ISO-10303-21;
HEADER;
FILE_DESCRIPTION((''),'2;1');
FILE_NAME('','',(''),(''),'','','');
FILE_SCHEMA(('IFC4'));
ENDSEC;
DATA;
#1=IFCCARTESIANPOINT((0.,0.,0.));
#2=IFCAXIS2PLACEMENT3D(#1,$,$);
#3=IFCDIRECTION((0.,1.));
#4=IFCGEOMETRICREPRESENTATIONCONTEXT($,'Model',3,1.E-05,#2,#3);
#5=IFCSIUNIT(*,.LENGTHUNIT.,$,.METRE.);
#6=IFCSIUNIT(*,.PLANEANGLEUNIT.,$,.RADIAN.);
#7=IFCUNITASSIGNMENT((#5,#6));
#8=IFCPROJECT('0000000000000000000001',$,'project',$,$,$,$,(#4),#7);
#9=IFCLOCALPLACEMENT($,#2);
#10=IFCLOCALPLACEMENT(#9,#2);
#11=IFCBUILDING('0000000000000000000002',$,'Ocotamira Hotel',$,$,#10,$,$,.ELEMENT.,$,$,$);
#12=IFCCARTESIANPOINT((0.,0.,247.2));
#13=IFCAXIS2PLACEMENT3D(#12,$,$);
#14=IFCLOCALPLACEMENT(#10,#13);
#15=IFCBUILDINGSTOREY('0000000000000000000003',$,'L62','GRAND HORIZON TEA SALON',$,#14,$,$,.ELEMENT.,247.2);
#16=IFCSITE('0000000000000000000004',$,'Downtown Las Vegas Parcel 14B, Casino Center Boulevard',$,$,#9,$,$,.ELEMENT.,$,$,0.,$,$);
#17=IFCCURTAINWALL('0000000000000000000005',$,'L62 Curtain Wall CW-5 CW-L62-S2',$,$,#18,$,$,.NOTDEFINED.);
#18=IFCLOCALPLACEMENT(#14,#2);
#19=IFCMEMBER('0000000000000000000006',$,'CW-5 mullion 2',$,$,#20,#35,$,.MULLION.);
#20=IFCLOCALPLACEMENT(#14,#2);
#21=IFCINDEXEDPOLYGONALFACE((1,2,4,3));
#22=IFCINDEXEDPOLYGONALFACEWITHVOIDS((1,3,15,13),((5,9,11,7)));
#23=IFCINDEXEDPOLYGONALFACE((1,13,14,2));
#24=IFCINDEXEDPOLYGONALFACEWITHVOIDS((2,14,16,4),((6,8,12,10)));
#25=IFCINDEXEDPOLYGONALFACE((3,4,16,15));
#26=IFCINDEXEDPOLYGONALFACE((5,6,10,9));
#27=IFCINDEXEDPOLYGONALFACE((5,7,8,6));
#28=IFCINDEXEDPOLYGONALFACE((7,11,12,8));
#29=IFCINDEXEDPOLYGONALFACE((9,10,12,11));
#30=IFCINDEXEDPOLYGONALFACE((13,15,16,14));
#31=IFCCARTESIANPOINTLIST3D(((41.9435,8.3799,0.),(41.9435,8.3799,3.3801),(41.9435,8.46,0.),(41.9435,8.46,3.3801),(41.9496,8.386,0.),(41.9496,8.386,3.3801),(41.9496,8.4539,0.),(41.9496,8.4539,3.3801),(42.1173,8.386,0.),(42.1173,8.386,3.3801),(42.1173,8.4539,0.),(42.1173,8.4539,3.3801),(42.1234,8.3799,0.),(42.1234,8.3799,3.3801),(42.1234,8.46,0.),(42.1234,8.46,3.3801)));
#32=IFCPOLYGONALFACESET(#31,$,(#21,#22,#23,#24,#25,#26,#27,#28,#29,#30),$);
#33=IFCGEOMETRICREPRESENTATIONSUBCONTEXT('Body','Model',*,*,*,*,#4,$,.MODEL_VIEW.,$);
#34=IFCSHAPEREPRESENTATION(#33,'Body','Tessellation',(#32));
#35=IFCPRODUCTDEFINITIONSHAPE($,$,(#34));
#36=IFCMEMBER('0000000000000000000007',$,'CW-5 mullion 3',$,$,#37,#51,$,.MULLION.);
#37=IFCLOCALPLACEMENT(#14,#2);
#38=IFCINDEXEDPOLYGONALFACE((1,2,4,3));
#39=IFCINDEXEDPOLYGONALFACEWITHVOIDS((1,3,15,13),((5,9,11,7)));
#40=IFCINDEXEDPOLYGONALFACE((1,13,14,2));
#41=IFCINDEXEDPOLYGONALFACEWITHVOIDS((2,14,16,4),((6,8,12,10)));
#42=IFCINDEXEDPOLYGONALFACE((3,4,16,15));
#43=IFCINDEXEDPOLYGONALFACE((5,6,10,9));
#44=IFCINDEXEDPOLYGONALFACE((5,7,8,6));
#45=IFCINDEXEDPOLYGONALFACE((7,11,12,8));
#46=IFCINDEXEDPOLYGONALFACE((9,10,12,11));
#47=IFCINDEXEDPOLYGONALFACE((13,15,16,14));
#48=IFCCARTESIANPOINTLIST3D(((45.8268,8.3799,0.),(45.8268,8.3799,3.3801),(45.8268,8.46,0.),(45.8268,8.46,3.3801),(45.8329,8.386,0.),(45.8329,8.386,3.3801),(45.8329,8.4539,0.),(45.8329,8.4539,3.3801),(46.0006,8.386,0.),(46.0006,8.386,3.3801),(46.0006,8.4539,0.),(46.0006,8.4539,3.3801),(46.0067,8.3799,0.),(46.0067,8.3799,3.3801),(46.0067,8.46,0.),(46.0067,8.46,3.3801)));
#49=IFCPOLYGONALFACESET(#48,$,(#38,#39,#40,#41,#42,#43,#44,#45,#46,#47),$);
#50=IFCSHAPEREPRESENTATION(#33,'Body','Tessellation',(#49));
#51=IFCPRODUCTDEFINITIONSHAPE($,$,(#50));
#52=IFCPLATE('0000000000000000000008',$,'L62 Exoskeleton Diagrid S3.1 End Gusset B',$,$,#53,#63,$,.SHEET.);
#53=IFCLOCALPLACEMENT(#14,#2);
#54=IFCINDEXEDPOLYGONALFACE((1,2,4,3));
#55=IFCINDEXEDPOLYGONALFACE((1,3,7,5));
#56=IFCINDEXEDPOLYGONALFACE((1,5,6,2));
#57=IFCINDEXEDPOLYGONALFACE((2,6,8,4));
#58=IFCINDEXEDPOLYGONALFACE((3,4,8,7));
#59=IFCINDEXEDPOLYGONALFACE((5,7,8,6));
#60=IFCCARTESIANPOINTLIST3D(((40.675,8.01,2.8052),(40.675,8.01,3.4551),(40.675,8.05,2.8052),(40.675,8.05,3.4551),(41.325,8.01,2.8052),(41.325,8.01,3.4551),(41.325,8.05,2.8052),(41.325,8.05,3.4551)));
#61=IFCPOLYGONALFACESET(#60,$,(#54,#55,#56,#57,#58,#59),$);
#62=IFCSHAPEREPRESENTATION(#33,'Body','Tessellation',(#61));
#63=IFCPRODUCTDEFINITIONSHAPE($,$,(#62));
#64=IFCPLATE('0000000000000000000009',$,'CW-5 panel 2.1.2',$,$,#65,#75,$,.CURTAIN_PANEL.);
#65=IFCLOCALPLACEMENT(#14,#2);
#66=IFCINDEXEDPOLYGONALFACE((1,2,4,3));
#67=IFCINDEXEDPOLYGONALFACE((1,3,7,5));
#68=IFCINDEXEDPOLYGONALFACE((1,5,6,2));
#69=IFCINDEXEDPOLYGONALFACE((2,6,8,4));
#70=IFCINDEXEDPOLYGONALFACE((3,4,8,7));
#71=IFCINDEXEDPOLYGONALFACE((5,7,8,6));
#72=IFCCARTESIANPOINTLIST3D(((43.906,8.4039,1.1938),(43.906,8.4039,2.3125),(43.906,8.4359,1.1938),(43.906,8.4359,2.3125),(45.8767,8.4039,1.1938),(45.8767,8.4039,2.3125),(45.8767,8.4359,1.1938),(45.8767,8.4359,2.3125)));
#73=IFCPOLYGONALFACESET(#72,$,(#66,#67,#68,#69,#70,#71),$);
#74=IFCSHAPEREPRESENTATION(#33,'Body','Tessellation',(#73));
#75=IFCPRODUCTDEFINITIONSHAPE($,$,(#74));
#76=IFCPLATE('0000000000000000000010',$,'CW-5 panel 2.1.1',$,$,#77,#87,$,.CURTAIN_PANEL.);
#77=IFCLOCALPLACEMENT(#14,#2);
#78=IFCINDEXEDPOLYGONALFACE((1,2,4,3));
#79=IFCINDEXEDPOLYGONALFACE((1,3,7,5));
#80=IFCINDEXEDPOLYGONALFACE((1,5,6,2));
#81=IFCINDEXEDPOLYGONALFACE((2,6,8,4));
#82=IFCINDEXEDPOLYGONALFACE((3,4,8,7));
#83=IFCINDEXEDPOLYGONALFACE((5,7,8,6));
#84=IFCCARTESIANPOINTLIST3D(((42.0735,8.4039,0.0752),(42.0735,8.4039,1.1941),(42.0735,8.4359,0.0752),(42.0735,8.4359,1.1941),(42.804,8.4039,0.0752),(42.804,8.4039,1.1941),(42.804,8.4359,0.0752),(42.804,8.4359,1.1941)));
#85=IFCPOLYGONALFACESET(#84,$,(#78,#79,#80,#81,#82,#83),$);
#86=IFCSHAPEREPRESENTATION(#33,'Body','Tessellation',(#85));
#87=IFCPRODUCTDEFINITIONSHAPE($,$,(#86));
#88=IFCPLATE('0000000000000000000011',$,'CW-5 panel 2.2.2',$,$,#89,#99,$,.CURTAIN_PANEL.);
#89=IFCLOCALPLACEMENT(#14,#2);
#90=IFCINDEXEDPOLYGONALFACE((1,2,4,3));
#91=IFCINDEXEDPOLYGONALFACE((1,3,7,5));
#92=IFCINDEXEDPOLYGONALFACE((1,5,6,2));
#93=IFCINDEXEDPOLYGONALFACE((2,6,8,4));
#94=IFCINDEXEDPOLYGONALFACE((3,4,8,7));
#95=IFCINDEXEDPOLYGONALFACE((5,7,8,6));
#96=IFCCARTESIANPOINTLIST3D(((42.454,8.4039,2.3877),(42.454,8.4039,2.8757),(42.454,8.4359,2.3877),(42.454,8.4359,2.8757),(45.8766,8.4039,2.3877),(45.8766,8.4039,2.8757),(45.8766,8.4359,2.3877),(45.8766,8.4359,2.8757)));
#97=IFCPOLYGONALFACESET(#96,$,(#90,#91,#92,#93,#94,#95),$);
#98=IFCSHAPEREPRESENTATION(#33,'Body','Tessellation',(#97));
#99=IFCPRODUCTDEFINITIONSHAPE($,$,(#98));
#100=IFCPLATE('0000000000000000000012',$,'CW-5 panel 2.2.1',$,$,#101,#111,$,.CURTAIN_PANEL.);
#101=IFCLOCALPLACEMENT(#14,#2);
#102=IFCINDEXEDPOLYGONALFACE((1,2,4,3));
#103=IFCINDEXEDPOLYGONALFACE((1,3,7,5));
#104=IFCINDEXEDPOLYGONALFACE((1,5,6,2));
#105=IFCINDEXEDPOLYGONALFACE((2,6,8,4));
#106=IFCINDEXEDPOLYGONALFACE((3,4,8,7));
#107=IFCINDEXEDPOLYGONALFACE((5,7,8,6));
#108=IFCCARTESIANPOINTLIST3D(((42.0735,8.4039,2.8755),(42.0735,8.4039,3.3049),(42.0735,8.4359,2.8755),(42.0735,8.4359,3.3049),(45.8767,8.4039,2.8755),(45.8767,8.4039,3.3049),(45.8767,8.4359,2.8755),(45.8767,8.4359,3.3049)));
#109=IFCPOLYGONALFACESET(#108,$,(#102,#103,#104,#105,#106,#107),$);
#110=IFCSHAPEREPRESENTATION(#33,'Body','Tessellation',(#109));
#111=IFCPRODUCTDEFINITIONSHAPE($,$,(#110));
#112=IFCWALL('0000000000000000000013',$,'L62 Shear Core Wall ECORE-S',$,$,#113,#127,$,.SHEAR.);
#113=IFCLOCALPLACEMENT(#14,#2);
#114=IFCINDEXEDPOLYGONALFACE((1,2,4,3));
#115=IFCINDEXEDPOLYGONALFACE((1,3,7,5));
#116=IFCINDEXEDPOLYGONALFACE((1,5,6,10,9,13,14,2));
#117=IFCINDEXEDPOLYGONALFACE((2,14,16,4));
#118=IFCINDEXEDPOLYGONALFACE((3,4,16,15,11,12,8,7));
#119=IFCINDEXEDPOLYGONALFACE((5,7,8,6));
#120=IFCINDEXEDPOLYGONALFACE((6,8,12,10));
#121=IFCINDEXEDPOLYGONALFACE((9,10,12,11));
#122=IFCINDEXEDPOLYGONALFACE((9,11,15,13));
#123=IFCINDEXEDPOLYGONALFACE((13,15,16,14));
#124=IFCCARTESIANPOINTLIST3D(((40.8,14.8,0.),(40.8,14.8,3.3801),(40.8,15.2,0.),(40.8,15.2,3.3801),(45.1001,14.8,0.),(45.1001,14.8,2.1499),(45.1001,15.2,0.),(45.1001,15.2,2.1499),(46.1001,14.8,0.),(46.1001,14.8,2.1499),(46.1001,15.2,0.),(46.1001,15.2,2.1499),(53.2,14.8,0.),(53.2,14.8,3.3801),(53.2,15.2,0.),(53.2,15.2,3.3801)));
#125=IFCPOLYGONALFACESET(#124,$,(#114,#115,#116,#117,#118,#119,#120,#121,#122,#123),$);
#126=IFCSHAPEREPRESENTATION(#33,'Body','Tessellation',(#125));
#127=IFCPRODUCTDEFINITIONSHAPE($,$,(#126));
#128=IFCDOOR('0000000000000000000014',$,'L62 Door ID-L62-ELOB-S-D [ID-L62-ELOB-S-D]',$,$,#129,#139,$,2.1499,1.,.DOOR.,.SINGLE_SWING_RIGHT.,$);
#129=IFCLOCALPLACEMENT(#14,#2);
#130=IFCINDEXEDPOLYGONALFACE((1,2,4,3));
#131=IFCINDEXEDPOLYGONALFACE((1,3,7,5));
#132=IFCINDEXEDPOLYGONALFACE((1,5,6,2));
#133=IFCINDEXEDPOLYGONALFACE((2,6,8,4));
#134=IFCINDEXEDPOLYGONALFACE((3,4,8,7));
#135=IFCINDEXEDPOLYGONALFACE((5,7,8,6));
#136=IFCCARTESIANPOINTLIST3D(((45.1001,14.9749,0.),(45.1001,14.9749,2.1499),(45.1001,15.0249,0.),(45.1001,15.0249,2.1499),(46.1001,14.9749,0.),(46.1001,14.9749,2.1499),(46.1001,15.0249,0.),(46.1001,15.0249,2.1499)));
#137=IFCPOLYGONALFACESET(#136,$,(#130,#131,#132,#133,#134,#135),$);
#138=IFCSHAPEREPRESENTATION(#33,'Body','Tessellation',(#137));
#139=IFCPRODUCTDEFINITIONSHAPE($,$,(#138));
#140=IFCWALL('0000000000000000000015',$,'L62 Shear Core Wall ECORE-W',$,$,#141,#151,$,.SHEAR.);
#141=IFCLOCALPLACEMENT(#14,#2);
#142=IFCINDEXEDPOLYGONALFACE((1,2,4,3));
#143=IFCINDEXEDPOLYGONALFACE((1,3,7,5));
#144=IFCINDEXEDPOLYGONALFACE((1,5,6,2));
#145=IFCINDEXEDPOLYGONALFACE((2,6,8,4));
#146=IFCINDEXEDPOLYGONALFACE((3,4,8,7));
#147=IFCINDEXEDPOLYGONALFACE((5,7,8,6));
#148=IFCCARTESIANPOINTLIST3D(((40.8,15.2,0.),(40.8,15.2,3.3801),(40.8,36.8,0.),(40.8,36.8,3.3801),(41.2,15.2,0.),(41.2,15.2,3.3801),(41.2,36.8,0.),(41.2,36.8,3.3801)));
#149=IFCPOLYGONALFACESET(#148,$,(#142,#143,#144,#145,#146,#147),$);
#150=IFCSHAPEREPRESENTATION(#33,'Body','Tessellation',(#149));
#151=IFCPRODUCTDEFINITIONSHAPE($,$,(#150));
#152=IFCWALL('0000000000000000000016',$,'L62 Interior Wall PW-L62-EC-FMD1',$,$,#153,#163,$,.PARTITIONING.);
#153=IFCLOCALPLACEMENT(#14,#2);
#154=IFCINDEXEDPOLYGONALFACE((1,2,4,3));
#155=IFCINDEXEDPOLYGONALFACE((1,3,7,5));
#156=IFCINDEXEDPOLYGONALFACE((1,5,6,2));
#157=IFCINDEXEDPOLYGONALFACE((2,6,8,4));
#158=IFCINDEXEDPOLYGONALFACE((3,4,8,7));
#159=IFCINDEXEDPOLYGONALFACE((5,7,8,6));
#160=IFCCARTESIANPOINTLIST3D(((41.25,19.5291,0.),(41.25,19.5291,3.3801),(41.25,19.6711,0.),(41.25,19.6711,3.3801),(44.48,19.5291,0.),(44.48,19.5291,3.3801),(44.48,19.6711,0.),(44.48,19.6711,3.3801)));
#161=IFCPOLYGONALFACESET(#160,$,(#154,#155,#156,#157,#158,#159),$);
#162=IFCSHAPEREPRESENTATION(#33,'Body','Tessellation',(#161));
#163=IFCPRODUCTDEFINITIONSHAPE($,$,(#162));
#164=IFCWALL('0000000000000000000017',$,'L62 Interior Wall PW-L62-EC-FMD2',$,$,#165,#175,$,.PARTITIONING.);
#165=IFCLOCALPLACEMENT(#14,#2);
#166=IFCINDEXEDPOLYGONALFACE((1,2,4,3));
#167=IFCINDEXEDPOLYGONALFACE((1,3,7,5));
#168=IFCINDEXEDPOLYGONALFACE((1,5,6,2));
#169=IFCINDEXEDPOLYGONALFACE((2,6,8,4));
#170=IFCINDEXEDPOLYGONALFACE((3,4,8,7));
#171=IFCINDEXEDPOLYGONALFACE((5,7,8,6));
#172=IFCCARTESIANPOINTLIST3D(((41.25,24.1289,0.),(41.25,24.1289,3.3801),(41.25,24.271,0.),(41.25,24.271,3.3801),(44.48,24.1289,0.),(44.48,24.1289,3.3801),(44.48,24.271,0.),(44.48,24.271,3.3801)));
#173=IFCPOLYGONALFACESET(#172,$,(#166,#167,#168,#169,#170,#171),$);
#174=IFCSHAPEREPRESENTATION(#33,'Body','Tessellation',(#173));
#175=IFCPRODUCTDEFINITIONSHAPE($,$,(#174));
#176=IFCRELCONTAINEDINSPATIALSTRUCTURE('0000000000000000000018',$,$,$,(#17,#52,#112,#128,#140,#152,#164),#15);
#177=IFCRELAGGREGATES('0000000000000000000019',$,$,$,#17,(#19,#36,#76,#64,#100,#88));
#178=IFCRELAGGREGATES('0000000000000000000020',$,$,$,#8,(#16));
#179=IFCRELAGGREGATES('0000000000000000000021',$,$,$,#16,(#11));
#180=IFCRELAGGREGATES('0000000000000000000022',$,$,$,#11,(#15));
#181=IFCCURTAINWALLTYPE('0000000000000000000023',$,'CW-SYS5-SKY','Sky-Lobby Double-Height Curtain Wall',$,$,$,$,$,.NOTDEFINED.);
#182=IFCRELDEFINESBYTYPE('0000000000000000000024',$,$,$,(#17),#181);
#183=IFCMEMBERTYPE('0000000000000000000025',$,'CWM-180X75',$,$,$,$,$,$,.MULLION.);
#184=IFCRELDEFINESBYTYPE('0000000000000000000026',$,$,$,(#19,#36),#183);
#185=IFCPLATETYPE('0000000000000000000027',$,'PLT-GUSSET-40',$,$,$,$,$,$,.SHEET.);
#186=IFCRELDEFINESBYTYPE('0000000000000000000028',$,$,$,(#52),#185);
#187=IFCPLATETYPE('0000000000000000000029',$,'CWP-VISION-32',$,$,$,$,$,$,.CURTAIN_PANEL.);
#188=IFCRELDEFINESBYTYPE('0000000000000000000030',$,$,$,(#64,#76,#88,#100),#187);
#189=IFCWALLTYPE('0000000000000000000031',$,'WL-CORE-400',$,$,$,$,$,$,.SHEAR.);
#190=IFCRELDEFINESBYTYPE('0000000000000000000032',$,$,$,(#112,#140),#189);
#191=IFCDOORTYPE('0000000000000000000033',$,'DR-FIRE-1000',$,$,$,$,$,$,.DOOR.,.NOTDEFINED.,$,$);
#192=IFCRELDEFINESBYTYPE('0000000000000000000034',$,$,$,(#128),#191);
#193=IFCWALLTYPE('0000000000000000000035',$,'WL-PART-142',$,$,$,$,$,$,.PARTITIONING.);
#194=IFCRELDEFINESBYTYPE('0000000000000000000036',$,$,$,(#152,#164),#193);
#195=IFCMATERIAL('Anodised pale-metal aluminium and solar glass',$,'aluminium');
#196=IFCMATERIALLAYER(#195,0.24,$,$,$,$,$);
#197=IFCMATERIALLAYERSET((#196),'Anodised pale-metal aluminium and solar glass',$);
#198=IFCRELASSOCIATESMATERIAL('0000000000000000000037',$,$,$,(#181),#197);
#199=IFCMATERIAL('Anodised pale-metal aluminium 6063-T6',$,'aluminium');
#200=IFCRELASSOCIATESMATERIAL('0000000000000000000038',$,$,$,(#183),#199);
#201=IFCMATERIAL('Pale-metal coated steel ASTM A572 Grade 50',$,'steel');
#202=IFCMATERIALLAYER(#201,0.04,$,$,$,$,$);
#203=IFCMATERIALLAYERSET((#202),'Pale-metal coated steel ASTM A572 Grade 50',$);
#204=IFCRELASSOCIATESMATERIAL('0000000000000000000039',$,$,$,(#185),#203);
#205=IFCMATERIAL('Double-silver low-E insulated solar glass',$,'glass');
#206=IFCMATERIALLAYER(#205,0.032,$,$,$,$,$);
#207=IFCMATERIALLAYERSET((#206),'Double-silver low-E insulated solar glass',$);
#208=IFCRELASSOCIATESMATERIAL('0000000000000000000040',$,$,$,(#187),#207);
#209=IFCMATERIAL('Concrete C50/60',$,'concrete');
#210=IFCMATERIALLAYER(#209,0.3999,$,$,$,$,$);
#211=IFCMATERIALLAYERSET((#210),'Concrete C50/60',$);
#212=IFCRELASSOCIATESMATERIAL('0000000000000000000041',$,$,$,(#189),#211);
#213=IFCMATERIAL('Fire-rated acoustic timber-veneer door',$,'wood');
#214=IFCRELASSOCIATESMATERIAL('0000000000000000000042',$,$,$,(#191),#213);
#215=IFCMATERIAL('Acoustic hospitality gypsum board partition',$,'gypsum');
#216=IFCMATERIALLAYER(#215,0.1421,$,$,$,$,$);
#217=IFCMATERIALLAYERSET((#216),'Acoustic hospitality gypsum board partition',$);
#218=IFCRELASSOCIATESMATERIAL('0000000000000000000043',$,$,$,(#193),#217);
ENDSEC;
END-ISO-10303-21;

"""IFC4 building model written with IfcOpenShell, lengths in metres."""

from ifc_helpers import new_model, si_unit, direction, frame, frame_2d, origin, origin_2d, place, context, subcontext, project, spatial, rectangle, hollow_rectangle, extrude, source, transform, mapped, material, layer, layer_set, material_profile, profile_set, type_object, element, fill, aggregate, save


model = new_model("IFC4")

# Units and contexts
model_context = context("Model", 3, precision=1e-05, world=origin(), true_north=direction((0.0, 1.0)))
body_context = subcontext(model_context, "Body", "Model", "MODEL_VIEW")
ifc_project = project(units=[si_unit("LENGTHUNIT", "METRE"), si_unit("PLANEANGLEUNIT", "RADIAN")], contexts=[model_context])

# Site, building, storey
site_placement = place(None, origin())
site = spatial("IfcSite", under=ifc_project, at=site_placement, Name="Downtown Las Vegas Parcel 14B, Casino Center Boulevard", CompositionType="ELEMENT", RefElevation=0.0)
building_placement = place(site_placement, origin())
building = spatial("IfcBuilding", under=site, at=building_placement, Name="Ocotamira Hotel", CompositionType="ELEMENT")
storey_placement = place(building_placement, frame((0.0, 0.0, 247.2)))
storey = spatial("IfcBuildingStorey", under=building, at=storey_placement, Name="L62", Description="GRAND HORIZON TEA SALON", CompositionType="ELEMENT", Elevation=247.2)

# Curtain wall, members
ifc_material_1 = material(Name="Anodised pale-metal aluminium and solar glass", Category="aluminium")
ifc_layer_1 = layer(ifc_material_1, 0.24)
ifc_layer_set_1 = layer_set([ifc_layer_1], Name="Anodised pale-metal aluminium and solar glass")
curtain_wall_type = type_object("IfcCurtainWallType", Name="CW-SYS5-SKY", Description="Sky-Lobby Double-Height Curtain Wall", PredefinedType="NOTDEFINED", material=ifc_layer_set_1)
curtain_wall_placement = place(storey_placement, origin())
curtain_wall = element("IfcCurtainWall", 1, at=curtain_wall_placement, inside=storey, type_object=curtain_wall_type, Name="L62 Curtain Wall CW-5 CW-L62-S2", PredefinedType="NOTDEFINED")
ifc_material_2 = material(Name="Anodised pale-metal aluminium 6063-T6", Category="aluminium")
ifc_material_profile_1 = material_profile(ifc_material_2, hollow_rectangle(XDim=0.0801, YDim=0.1799, WallThickness=0.0061, at=origin_2d()), Name="HSS180X80X6")
ifc_profile_set_1 = profile_set([ifc_material_profile_1], Name="Anodised pale-metal aluminium 6063-T6")
member_type_1 = type_object("IfcMemberType", Name="CWM-180X75", PredefinedType="MULLION", material=ifc_profile_set_1)
shared_shape_1 = source(origin(), body_context, "Body", "SweptSolid", [
    extrude(hollow_rectangle(XDim=0.0801, YDim=0.1799, WallThickness=0.0061, at=origin_2d()), origin(), (0.0, 0.0, 1.0), 3.3801),
])
member_1_placement = place(storey_placement, frame((42.0334, 8.4199, 0.0), z_axis=(0.0, 0.0, 1.0), x_axis=(0.0, 1.0, 0.0)))
member_1 = element("IfcMember", 2, at=member_1_placement, type_object=member_type_1, Name="CW-5 mullion 2", PredefinedType="MULLION", context=body_context, shape_type="MappedRepresentation", body=[
    mapped(shared_shape_1, transform((0.0, 0.0, 0.0), scale=1.0)),
])
member_2_placement = place(storey_placement, frame((45.9167, 8.4199, 0.0), z_axis=(0.0, 0.0, 1.0), x_axis=(0.0, 1.0, 0.0)))
member_2 = element("IfcMember", 3, at=member_2_placement, type_object=member_type_1, Name="CW-5 mullion 3", PredefinedType="MULLION", context=body_context, shape_type="MappedRepresentation", body=[
    mapped(shared_shape_1, transform((0.0, 0.0, 0.0), scale=1.0)),
])

# Plates
ifc_material_3 = material(Name="Pale-metal coated steel ASTM A572 Grade 50", Category="steel")
ifc_layer_2 = layer(ifc_material_3, 0.04)
ifc_layer_set_2 = layer_set([ifc_layer_2], Name="Pale-metal coated steel ASTM A572 Grade 50")
plate_type_1 = type_object("IfcPlateType", Name="PLT-GUSSET-40", PredefinedType="SHEET", material=ifc_layer_set_2)
shared_shape_2 = source(origin(), body_context, "Body", "SweptSolid", [
    extrude(rectangle(XDim=0.6499, YDim=0.04, at=origin_2d()), origin(), (0.0, 0.0, 1.0), 0.6499),
])
plate_1_placement = place(storey_placement, frame((41.0, 8.03, 2.8052), z_axis=(0.0, 0.0, 1.0), x_axis=(-1.0, 0.0, 0.0)))
element("IfcPlate", 4, at=plate_1_placement, inside=storey, type_object=plate_type_1, Name="L62 Exoskeleton Diagrid S3.1 End Gusset B", PredefinedType="SHEET", context=body_context, shape_type="MappedRepresentation", body=[
    mapped(shared_shape_2, transform((0.0, 0.0, 0.0), scale=1.0)),
])
ifc_material_4 = material(Name="Double-silver low-E insulated solar glass", Category="glass")
ifc_layer_3 = layer(ifc_material_4, 0.032)
ifc_layer_set_3 = layer_set([ifc_layer_3], Name="Double-silver low-E insulated solar glass")
plate_type_2 = type_object("IfcPlateType", Name="CWP-VISION-32", PredefinedType="CURTAIN_PANEL", material=ifc_layer_set_3)
shared_shape_3 = source(origin(), body_context, "Body", "SweptSolid", [
    extrude(rectangle(XDim=1.9707, YDim=0.032, at=origin_2d()), origin(), (0.0, 0.0, 1.0), 1.1187),
])
plate_2_placement = place(storey_placement, frame((44.8914, 8.4199, 1.1938), z_axis=(0.0, 0.0, 1.0), x_axis=(1.0, 0.0, 0.0)))
plate_2 = element("IfcPlate", 5, at=plate_2_placement, type_object=plate_type_2, Name="CW-5 panel 2.1.2", PredefinedType="CURTAIN_PANEL", context=body_context, shape_type="MappedRepresentation", body=[
    mapped(shared_shape_3, transform((0.0, 0.0, 0.0), scale=1.0)),
])
shared_shape_4 = source(origin(), body_context, "Body", "SweptSolid", [
    extrude(rectangle(XDim=0.7305, YDim=0.032, at=origin_2d()), origin(), (0.0, 0.0, 1.0), 1.1189),
])
plate_3_placement = place(storey_placement, frame((42.4387, 8.4199, 0.0752), z_axis=(0.0, 0.0, 1.0), x_axis=(1.0, 0.0, 0.0)))
plate_3 = element("IfcPlate", 6, at=plate_3_placement, type_object=plate_type_2, Name="CW-5 panel 2.1.1", PredefinedType="CURTAIN_PANEL", context=body_context, shape_type="MappedRepresentation", body=[
    mapped(shared_shape_4, transform((0.0, 0.0, 0.0), scale=1.0)),
])
shared_shape_5 = source(origin(), body_context, "Body", "SweptSolid", [
    extrude(rectangle(XDim=3.4226, YDim=0.032, at=origin_2d()), origin(), (0.0, 0.0, 1.0), 0.488),
])
plate_4_placement = place(storey_placement, frame((44.1653, 8.4199, 2.3877), z_axis=(0.0, 0.0, 1.0), x_axis=(1.0, 0.0, 0.0)))
plate_4 = element("IfcPlate", 7, at=plate_4_placement, type_object=plate_type_2, Name="CW-5 panel 2.2.2", PredefinedType="CURTAIN_PANEL", context=body_context, shape_type="MappedRepresentation", body=[
    mapped(shared_shape_5, transform((0.0, 0.0, 0.0), scale=1.0)),
])
shared_shape_6 = source(origin(), body_context, "Body", "SweptSolid", [
    extrude(rectangle(XDim=3.8032, YDim=0.032, at=origin_2d()), origin(), (0.0, 0.0, 1.0), 0.4294),
])
plate_5_placement = place(storey_placement, frame((43.9751, 8.4199, 2.8755), z_axis=(0.0, 0.0, 1.0), x_axis=(1.0, 0.0, 0.0)))
plate_5 = element("IfcPlate", 8, at=plate_5_placement, type_object=plate_type_2, Name="CW-5 panel 2.2.1", PredefinedType="CURTAIN_PANEL", context=body_context, shape_type="MappedRepresentation", body=[
    mapped(shared_shape_6, transform((0.0, 0.0, 0.0), scale=1.0)),
])
aggregate(curtain_wall, [member_1, member_2, plate_3, plate_2, plate_5, plate_4])

# Wall, opening, door
ifc_material_5 = material(Name="Concrete C50/60", Category="concrete")
ifc_layer_4 = layer(ifc_material_5, 0.3999)
ifc_layer_set_4 = layer_set([ifc_layer_4], Name="Concrete C50/60")
wall_type_1 = type_object("IfcWallType", Name="WL-CORE-400", PredefinedType="SHEAR", material=ifc_layer_set_4)
wall_1_placement = place(storey_placement, frame((40.8, 15.0, 0.0), z_axis=(0.0, 0.0, 1.0), x_axis=(1.0, 0.0, 0.0)))
wall_1 = element("IfcWall", 9, at=wall_1_placement, inside=storey, type_object=wall_type_1, Name="L62 Shear Core Wall ECORE-S", PredefinedType="SHEAR", context=body_context, shape_type="SweptSolid", body=[
    extrude(rectangle(XDim=12.3999, YDim=0.3999, at=frame_2d((6.2, 0.0))), origin(), (0.0, 0.0, 1.0), 3.3801),
])
opening_1_placement = place(wall_1_placement, frame((4.3, 0.0, 0.0)))
opening_1 = element("IfcOpeningElement", 10, at=opening_1_placement, cuts=wall_1, PredefinedType="OPENING", context=body_context, shape_type="SweptSolid", body=[
    extrude(rectangle(XDim=1.0, YDim=2.1499, at=frame_2d((0.5, 1.075))), frame((0.0, 0.21, 0.0), z_axis=(0.0, -1.0, 0.0), x_axis=(1.0, 0.0, 0.0)), (0.0, 0.0, 1.0), 0.4199),
])
ifc_material_6 = material(Name="Fire-rated acoustic timber-veneer door", Category="wood")
door_type_1 = type_object("IfcDoorType", Name="DR-FIRE-1000", OperationType="NOTDEFINED", PredefinedType="DOOR", material=ifc_material_6)
shared_shape_7 = source(origin(), body_context, "Body", "SweptSolid", [
    extrude(rectangle(XDim=1.0, YDim=2.1499, at=frame_2d((0.5, 1.075))), frame((0.0, 0.0249, 0.0), z_axis=(0.0, -1.0, 0.0), x_axis=(1.0, 0.0, 0.0)), (0.0, 0.0, 1.0), 0.05),
])
door_1_placement = place(opening_1_placement, origin())
door_1 = element("IfcDoor", 11, at=door_1_placement, inside=storey, type_object=door_type_1, Name="L62 Door ID-L62-ELOB-S-D [ID-L62-ELOB-S-D]", OperationType="SINGLE_SWING_RIGHT", OverallHeight=2.1499, OverallWidth=1.0, PredefinedType="DOOR", context=body_context, shape_type="MappedRepresentation", body=[
    mapped(shared_shape_7, transform((0.0, 0.0, 0.0), scale=1.0)),
])
fill(opening_1, door_1)

# Walls
wall_2_placement = place(storey_placement, frame((41.0, 15.2, 0.0), z_axis=(0.0, 0.0, 1.0), x_axis=(0.0, 1.0, 0.0)))
element("IfcWall", 12, at=wall_2_placement, inside=storey, type_object=wall_type_1, Name="L62 Shear Core Wall ECORE-W", PredefinedType="SHEAR", context=body_context, shape_type="SweptSolid", body=[
    extrude(rectangle(XDim=21.6001, YDim=0.3999, at=frame_2d((10.8, 0.0))), origin(), (0.0, 0.0, 1.0), 3.3801),
])
ifc_material_7 = material(Name="Acoustic hospitality gypsum board partition", Category="gypsum")
ifc_layer_5 = layer(ifc_material_7, 0.1421)
ifc_layer_set_5 = layer_set([ifc_layer_5], Name="Acoustic hospitality gypsum board partition")
wall_type_2 = type_object("IfcWallType", Name="WL-PART-142", PredefinedType="PARTITIONING", material=ifc_layer_set_5)
for number, where, z_axis, x_axis, name in (
    (13, (41.25, 19.6001, 0.0), (0.0, 0.0, 1.0), (1.0, 0.0, 0.0), "L62 Interior Wall PW-L62-EC-FMD1"),
    (14, (41.25, 24.2, 0.0), (0.0, 0.0, 1.0), (1.0, 0.0, 0.0), "L62 Interior Wall PW-L62-EC-FMD2"),
):
    element("IfcWall", number, at=place(storey_placement, frame(where, z_axis=z_axis, x_axis=x_axis)), inside=storey, type_object=wall_type_2, Name=name, PredefinedType="PARTITIONING", context=body_context, shape_type="SweptSolid", body=[
        extrude(rectangle(XDim=3.23, YDim=0.1421, at=frame_2d((1.615, 0.0))), origin(), (0.0, 0.0, 1.0), 3.3801),
    ])

save(model, "model.ifc")
